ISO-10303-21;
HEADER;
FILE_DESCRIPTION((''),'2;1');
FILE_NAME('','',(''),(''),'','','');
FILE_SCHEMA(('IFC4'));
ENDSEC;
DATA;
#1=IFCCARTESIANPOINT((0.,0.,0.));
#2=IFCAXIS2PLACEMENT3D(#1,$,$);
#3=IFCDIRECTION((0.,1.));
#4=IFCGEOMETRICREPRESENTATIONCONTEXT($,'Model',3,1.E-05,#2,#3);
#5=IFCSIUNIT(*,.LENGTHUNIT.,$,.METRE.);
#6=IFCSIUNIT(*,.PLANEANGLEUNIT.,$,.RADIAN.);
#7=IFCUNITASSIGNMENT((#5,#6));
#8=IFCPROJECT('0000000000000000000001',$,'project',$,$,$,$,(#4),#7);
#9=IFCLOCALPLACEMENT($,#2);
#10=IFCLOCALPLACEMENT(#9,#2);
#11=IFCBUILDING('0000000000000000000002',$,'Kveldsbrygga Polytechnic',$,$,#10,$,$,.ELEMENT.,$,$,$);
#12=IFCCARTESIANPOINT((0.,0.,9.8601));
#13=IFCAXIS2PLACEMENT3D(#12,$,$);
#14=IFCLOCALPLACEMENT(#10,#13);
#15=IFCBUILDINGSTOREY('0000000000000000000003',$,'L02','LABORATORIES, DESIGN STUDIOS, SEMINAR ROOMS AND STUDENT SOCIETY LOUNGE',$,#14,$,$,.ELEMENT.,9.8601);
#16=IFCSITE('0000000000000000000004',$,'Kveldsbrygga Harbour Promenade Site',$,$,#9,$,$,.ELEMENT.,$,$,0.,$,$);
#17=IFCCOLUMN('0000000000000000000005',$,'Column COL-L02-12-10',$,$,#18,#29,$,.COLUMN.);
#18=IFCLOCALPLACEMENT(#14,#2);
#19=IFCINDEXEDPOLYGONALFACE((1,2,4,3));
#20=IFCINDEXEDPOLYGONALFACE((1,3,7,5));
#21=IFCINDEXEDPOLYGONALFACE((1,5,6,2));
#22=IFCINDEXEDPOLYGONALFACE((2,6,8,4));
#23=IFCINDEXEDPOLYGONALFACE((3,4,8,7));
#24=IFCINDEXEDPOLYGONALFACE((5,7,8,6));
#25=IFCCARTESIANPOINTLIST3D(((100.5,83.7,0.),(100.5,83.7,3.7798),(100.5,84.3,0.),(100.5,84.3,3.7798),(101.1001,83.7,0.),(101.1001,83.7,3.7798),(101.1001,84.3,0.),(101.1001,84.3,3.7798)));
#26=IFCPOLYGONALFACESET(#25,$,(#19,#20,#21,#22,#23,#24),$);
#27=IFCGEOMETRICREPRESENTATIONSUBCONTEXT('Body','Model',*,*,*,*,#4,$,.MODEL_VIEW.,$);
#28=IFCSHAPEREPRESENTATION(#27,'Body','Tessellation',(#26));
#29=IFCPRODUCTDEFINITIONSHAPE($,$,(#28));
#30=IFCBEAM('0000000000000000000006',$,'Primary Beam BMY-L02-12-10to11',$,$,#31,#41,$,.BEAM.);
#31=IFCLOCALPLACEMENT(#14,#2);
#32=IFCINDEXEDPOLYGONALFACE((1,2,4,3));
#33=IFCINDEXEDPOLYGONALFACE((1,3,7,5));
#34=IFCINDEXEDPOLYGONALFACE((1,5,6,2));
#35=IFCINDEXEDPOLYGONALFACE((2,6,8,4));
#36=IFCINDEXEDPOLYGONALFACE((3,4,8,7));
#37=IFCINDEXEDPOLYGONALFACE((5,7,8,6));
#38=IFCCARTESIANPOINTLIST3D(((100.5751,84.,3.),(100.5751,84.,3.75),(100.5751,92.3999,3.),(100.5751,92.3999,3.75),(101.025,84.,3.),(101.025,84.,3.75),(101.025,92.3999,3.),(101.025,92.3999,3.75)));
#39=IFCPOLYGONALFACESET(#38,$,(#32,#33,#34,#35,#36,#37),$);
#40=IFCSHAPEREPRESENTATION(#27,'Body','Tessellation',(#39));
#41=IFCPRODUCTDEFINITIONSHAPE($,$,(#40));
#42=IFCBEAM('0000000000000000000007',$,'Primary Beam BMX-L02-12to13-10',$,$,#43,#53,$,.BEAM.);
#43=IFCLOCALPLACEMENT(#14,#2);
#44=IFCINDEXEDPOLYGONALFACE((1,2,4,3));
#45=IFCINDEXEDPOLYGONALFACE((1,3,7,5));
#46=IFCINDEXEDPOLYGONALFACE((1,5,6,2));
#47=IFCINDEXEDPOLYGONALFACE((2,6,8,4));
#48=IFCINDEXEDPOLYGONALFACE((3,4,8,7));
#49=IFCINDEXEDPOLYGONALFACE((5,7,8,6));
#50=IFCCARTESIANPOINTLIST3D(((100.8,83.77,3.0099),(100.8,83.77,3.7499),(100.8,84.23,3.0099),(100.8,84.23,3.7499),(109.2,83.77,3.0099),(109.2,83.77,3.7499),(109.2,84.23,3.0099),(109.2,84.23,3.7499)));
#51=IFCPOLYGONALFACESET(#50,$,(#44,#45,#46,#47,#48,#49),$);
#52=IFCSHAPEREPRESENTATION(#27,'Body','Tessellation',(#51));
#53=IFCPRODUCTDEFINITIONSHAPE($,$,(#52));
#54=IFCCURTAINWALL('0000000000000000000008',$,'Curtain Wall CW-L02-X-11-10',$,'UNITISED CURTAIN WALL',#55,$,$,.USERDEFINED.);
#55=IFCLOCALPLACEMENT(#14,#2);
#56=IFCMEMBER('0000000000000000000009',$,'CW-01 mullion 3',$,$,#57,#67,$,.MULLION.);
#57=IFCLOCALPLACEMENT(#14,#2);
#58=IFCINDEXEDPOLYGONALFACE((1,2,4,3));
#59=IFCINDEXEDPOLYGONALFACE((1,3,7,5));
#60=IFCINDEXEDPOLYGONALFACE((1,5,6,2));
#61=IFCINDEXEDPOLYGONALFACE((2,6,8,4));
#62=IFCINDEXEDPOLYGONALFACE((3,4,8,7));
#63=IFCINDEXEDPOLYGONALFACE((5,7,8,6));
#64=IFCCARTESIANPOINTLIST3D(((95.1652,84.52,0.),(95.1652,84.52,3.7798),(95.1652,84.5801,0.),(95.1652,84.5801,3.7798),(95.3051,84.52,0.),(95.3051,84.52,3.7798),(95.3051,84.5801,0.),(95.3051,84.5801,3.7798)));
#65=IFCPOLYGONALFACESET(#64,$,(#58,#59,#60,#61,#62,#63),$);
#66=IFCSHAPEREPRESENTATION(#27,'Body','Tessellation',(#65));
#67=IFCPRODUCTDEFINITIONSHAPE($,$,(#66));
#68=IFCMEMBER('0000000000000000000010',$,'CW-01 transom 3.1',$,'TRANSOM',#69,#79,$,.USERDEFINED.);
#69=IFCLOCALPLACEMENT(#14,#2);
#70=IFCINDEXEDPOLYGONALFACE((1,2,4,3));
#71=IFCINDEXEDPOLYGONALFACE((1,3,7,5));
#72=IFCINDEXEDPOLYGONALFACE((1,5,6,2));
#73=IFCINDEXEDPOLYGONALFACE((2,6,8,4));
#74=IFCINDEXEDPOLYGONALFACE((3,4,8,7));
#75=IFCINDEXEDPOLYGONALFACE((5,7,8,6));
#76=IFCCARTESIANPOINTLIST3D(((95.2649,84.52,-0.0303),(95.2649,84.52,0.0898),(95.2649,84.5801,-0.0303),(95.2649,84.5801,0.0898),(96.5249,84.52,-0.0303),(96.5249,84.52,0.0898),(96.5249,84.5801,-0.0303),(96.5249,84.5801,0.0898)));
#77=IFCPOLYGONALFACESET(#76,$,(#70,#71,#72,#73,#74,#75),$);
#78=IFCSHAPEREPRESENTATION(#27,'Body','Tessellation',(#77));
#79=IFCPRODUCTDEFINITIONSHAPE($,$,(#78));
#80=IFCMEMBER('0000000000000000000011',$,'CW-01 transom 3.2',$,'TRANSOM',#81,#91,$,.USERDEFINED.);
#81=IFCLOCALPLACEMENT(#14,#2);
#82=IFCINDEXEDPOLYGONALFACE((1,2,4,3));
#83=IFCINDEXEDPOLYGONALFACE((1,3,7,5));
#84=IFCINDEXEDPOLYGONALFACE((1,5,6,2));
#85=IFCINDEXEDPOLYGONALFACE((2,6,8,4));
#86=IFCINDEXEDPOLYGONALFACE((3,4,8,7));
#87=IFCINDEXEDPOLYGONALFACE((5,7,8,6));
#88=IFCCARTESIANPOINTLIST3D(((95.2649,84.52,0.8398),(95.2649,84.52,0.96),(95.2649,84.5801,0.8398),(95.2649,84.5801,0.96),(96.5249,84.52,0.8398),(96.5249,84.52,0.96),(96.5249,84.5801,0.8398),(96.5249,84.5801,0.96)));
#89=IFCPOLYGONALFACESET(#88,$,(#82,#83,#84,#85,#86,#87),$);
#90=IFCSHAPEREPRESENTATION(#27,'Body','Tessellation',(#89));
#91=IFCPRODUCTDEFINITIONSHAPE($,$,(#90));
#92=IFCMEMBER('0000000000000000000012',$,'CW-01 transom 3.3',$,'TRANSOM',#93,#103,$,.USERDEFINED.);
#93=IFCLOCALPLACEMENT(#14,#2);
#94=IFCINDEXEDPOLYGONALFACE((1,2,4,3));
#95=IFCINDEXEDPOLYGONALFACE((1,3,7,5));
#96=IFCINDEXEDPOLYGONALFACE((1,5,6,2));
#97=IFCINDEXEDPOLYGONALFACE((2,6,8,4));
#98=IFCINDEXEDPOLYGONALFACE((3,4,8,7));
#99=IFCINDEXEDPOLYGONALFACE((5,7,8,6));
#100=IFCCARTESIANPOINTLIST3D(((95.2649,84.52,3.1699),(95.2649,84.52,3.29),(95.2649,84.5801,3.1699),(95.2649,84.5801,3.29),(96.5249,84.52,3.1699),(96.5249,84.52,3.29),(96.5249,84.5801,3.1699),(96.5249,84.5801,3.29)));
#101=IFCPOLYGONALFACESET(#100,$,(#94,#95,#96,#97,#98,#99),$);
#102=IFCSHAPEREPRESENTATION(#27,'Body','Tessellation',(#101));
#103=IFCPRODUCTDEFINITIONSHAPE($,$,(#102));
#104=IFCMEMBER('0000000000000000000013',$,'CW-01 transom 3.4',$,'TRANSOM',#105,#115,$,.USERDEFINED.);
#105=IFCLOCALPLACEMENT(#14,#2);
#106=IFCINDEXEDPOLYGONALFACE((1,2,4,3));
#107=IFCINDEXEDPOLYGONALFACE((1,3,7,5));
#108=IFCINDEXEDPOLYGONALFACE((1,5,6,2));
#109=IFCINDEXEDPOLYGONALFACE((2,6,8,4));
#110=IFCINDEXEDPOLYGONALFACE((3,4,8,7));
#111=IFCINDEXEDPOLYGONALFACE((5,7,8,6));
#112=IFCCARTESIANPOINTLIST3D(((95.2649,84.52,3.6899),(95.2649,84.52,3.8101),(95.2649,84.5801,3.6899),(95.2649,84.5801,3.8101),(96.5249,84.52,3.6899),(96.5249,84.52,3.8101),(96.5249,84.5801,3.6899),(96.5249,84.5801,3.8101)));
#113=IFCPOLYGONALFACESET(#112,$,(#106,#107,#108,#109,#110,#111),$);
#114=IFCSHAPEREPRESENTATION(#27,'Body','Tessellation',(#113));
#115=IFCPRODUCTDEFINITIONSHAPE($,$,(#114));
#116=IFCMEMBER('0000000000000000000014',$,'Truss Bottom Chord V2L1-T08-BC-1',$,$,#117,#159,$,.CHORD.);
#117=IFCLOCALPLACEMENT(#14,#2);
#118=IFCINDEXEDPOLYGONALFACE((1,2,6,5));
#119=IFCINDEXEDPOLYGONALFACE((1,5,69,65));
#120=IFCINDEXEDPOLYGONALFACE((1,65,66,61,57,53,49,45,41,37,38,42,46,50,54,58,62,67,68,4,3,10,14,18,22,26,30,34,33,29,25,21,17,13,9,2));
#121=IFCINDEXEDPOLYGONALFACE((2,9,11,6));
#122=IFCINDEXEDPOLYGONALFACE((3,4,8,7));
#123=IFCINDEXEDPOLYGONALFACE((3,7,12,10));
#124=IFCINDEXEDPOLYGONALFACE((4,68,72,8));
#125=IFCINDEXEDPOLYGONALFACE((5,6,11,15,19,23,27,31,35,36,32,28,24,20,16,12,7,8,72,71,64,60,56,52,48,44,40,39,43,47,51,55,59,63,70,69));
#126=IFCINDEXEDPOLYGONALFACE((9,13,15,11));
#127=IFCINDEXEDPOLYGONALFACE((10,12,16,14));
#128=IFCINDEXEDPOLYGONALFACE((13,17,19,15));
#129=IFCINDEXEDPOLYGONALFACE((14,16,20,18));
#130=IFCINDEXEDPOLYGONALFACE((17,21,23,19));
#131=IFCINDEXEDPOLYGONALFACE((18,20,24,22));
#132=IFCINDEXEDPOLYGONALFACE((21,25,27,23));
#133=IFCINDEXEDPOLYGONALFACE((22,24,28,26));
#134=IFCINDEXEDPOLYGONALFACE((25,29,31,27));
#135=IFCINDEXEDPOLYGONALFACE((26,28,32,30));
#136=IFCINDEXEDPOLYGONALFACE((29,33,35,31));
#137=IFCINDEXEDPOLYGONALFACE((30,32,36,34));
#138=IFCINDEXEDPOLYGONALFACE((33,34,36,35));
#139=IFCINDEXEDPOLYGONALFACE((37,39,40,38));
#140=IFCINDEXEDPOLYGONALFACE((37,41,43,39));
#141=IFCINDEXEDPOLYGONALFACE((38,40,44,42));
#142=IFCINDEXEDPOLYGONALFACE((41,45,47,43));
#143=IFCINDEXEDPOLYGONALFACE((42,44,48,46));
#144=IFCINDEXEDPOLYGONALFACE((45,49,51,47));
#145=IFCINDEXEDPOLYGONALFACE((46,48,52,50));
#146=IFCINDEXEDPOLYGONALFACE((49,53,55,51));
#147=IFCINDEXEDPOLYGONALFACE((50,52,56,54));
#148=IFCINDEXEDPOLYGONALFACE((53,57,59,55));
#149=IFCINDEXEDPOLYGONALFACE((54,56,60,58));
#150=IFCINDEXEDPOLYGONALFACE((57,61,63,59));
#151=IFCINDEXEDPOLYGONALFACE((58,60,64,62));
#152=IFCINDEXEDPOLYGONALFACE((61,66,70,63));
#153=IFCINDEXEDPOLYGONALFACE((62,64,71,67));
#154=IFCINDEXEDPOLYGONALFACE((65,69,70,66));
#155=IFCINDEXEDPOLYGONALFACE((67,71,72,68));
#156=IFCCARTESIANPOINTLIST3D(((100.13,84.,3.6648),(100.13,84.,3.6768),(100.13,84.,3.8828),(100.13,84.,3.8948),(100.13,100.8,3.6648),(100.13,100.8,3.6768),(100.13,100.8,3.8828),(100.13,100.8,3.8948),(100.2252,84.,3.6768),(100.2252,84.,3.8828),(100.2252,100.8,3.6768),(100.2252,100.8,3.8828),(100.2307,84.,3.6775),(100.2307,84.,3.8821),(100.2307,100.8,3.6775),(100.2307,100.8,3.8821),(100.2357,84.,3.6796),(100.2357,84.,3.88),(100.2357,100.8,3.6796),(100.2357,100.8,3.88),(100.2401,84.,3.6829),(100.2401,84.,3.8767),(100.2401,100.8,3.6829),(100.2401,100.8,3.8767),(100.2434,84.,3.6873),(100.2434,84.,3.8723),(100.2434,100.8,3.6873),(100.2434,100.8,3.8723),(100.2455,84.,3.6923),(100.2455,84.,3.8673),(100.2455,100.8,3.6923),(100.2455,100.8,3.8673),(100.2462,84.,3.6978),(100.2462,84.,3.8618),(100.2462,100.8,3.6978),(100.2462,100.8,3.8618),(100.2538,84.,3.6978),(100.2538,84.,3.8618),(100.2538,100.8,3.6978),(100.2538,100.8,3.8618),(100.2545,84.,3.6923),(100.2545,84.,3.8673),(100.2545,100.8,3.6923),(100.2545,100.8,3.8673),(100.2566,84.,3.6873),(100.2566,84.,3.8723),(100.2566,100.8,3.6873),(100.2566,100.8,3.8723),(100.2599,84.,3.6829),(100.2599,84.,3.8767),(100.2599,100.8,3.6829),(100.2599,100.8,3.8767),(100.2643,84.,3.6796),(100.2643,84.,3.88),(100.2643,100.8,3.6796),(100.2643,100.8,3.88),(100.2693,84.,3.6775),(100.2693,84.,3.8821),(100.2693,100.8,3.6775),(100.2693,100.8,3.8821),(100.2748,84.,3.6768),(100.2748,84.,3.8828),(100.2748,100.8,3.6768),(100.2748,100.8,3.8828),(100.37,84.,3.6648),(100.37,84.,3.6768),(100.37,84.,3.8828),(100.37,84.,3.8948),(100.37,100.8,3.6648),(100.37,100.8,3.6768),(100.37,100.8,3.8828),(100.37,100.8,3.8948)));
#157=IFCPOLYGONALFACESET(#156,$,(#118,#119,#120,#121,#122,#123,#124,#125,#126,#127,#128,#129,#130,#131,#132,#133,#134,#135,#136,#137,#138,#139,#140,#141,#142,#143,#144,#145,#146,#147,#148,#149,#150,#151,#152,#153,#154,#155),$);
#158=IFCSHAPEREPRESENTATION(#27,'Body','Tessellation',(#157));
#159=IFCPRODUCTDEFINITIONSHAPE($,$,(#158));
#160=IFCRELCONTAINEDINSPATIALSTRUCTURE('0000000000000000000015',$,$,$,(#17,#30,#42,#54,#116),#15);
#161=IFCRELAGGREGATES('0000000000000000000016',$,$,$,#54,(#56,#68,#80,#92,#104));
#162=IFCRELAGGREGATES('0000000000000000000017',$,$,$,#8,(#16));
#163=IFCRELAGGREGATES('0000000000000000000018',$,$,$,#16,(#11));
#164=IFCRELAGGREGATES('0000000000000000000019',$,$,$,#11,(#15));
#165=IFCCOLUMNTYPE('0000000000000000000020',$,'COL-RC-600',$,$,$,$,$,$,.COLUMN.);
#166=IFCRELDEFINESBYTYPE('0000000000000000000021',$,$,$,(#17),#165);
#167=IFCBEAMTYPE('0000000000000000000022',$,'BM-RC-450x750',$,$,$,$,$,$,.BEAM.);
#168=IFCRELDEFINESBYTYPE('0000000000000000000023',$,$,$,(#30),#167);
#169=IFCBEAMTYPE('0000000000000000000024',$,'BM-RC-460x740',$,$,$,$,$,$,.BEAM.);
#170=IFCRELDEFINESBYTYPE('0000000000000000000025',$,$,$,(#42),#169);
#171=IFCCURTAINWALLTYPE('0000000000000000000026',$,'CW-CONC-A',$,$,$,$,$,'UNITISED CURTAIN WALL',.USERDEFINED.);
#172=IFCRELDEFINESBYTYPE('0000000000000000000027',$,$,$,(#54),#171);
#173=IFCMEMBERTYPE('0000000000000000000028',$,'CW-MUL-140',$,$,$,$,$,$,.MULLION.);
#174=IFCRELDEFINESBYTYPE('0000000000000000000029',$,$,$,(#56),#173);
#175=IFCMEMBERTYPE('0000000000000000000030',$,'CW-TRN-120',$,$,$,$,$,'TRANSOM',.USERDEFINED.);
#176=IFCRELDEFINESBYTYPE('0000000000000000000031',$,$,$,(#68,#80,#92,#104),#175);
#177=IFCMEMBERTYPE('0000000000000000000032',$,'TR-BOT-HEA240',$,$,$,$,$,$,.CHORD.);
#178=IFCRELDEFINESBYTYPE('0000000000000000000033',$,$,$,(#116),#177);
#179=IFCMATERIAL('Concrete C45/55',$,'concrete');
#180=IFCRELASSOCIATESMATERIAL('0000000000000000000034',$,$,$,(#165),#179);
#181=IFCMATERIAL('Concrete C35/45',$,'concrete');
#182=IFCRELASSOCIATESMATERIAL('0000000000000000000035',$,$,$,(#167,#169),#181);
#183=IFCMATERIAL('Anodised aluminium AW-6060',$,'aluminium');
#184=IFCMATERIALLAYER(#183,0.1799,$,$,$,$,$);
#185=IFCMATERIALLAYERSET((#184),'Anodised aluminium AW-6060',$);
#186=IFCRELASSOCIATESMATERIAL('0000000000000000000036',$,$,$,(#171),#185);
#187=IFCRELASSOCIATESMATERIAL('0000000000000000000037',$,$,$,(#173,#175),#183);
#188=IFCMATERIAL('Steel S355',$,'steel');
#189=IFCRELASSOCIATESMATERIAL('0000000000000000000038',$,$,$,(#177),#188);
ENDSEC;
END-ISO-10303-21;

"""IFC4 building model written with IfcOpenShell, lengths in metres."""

from ifc_helpers import new_model, si_unit, direction, frame, origin, origin_2d, place, context, subcontext, project, spatial, rectangle, i_section, extrude, material, layer, layer_set, material_profile, profile_set, type_object, element, aggregate, save


model = new_model("IFC4")

# Units and contexts
model_context = context("Model", 3, precision=1e-05, world=origin(), true_north=direction((0.0, 1.0)))
body_context = subcontext(model_context, "Body", "Model", "MODEL_VIEW")
ifc_project = project(units=[si_unit("LENGTHUNIT", "METRE"), si_unit("PLANEANGLEUNIT", "RADIAN")], contexts=[model_context])

# Site, building, storey
site_placement = place(None, origin())
site = spatial("IfcSite", under=ifc_project, at=site_placement, Name="Kveldsbrygga Harbour Promenade Site", CompositionType="ELEMENT", RefElevation=0.0)
building_placement = place(site_placement, origin())
building = spatial("IfcBuilding", under=site, at=building_placement, Name="Kveldsbrygga Polytechnic", CompositionType="ELEMENT")
storey_placement = place(building_placement, frame((0.0, 0.0, 9.8601)))
storey = spatial("IfcBuildingStorey", under=building, at=storey_placement, Name="L02", Description="LABORATORIES, DESIGN STUDIOS, SEMINAR ROOMS AND STUDENT SOCIETY LOUNGE", CompositionType="ELEMENT", Elevation=9.8601)

# Column
ifc_material_1 = material(Name="Concrete C45/55", Category="concrete")
ifc_material_profile_1 = material_profile(ifc_material_1, rectangle(XDim=0.6001, YDim=0.6001, at=origin_2d()), Name="RC 600x600")
ifc_profile_set_1 = profile_set([ifc_material_profile_1], Name="Concrete C45/55")
column_type = type_object("IfcColumnType", Name="COL-RC-600", PredefinedType="COLUMN", material=ifc_profile_set_1)
column_placement = place(storey_placement, frame((100.8, 84.0, 0.0), z_axis=(0.0, 0.0, 1.0), x_axis=(1.0, 0.0, 0.0)))
element("IfcColumn", 1, at=column_placement, inside=storey, type_object=column_type, Name="Column COL-L02-12-10", PredefinedType="COLUMN", context=body_context, shape_type="SweptSolid", body=[
    extrude(rectangle(XDim=0.6001, YDim=0.6001, at=origin_2d()), origin(), (0.0, 0.0, 1.0), 3.7798),
])

# Beams
ifc_material_2 = material(Name="Concrete C35/45", Category="concrete")
ifc_material_profile_2 = material_profile(ifc_material_2, rectangle(XDim=0.45, YDim=0.75, at=origin_2d()), Name="RC 450x750")
ifc_profile_set_2 = profile_set([ifc_material_profile_2], Name="Concrete C35/45")
beam_type_1 = type_object("IfcBeamType", Name="BM-RC-450x750", PredefinedType="BEAM", material=ifc_profile_set_2)
beam_1_placement = place(storey_placement, frame((100.8, 84.0, 3.375), z_axis=(0.0, 1.0, 0.0), x_axis=(-1.0, 0.0, 0.0)))
element("IfcBeam", 2, at=beam_1_placement, inside=storey, type_object=beam_type_1, Name="Primary Beam BMY-L02-12-10to11", PredefinedType="BEAM", context=body_context, shape_type="SweptSolid", body=[
    extrude(rectangle(XDim=0.45, YDim=0.75, at=origin_2d()), origin(), (0.0, 0.0, 1.0), 8.3999),
])
ifc_material_profile_3 = material_profile(ifc_material_2, rectangle(XDim=0.46, YDim=0.74, at=origin_2d()), Name="RC 460x740")
ifc_profile_set_3 = profile_set([ifc_material_profile_3], Name="Concrete C35/45")
beam_type_2 = type_object("IfcBeamType", Name="BM-RC-460x740", PredefinedType="BEAM", material=ifc_profile_set_3)
beam_2_placement = place(storey_placement, frame((100.8, 84.0, 3.3799), z_axis=(1.0, 0.0, 0.0), x_axis=(0.0, 1.0, 0.0)))
element("IfcBeam", 3, at=beam_2_placement, inside=storey, type_object=beam_type_2, Name="Primary Beam BMX-L02-12to13-10", PredefinedType="BEAM", context=body_context, shape_type="SweptSolid", body=[
    extrude(rectangle(XDim=0.46, YDim=0.74, at=origin_2d()), origin(), (0.0, 0.0, 1.0), 8.3999),
])

# Curtain wall, members
ifc_material_3 = material(Name="Anodised aluminium AW-6060", Category="aluminium")
ifc_layer_1 = layer(ifc_material_3, 0.1799)
ifc_layer_set_1 = layer_set([ifc_layer_1], Name="Anodised aluminium AW-6060")
curtain_wall_type = type_object("IfcCurtainWallType", Name="CW-CONC-A", ElementType="UNITISED CURTAIN WALL", PredefinedType="USERDEFINED", material=ifc_layer_set_1)
curtain_wall_placement = place(storey_placement, origin())
curtain_wall = element("IfcCurtainWall", 4, at=curtain_wall_placement, inside=storey, type_object=curtain_wall_type, Name="Curtain Wall CW-L02-X-11-10", ObjectType="UNITISED CURTAIN WALL", PredefinedType="USERDEFINED")
ifc_material_profile_4 = material_profile(ifc_material_3, rectangle(XDim=0.0601, YDim=0.1399, at=origin_2d()), Name="ALU 60x140")
ifc_profile_set_4 = profile_set([ifc_material_profile_4], Name="Anodised aluminium AW-6060")
member_type_1 = type_object("IfcMemberType", Name="CW-MUL-140", PredefinedType="MULLION", material=ifc_profile_set_4)
member_1_placement = place(storey_placement, frame((95.2351, 84.55, 0.0), z_axis=(0.0, 0.0, 1.0), x_axis=(0.0, 1.0, 0.0)))
member_1 = element("IfcMember", 5, at=member_1_placement, type_object=member_type_1, Name="CW-01 mullion 3", PredefinedType="MULLION", context=body_context, shape_type="SweptSolid", body=[
    extrude(rectangle(XDim=0.0601, YDim=0.1399, at=origin_2d()), origin(), (0.0, 0.0, 1.0), 3.7798),
])
ifc_material_profile_5 = material_profile(ifc_material_3, rectangle(XDim=0.0601, YDim=0.1201, at=origin_2d()), Name="ALU 60x120")
ifc_profile_set_5 = profile_set([ifc_material_profile_5], Name="Anodised aluminium AW-6060")
member_type_2 = type_object("IfcMemberType", Name="CW-TRN-120", ElementType="TRANSOM", PredefinedType="USERDEFINED", material=ifc_profile_set_5)
member_2_placement = place(storey_placement, frame((95.2649, 84.55, 0.0298), z_axis=(1.0, 0.0, 0.0), x_axis=(0.0, 1.0, 0.0)))
member_2 = element("IfcMember", 6, at=member_2_placement, type_object=member_type_2, Name="CW-01 transom 3.1", ObjectType="TRANSOM", PredefinedType="USERDEFINED", context=body_context, shape_type="SweptSolid", body=[
    extrude(rectangle(XDim=0.0601, YDim=0.1201, at=origin_2d()), origin(), (0.0, 0.0, 1.0), 1.26),
])
member_3_placement = place(storey_placement, frame((95.2649, 84.55, 0.8999), z_axis=(1.0, 0.0, 0.0), x_axis=(0.0, 1.0, 0.0)))
member_3 = element("IfcMember", 7, at=member_3_placement, type_object=member_type_2, Name="CW-01 transom 3.2", ObjectType="TRANSOM", PredefinedType="USERDEFINED", context=body_context, shape_type="SweptSolid", body=[
    extrude(rectangle(XDim=0.0601, YDim=0.1201, at=origin_2d()), origin(), (0.0, 0.0, 1.0), 1.26),
])
member_4_placement = place(storey_placement, frame((95.2649, 84.55, 3.23), z_axis=(1.0, 0.0, 0.0), x_axis=(0.0, 1.0, 0.0)))
member_4 = element("IfcMember", 8, at=member_4_placement, type_object=member_type_2, Name="CW-01 transom 3.3", ObjectType="TRANSOM", PredefinedType="USERDEFINED", context=body_context, shape_type="SweptSolid", body=[
    extrude(rectangle(XDim=0.0601, YDim=0.1201, at=origin_2d()), origin(), (0.0, 0.0, 1.0), 1.26),
])
member_5_placement = place(storey_placement, frame((95.2649, 84.55, 3.75), z_axis=(1.0, 0.0, 0.0), x_axis=(0.0, 1.0, 0.0)))
member_5 = element("IfcMember", 9, at=member_5_placement, type_object=member_type_2, Name="CW-01 transom 3.4", ObjectType="TRANSOM", PredefinedType="USERDEFINED", context=body_context, shape_type="SweptSolid", body=[
    extrude(rectangle(XDim=0.0601, YDim=0.1201, at=origin_2d()), origin(), (0.0, 0.0, 1.0), 1.26),
])

# Member
ifc_material_4 = material(Name="Steel S355", Category="steel")
ifc_material_profile_6 = material_profile(ifc_material_4, i_section(OverallWidth=0.24, OverallDepth=0.23, WebThickness=0.0076, FlangeThickness=0.012, FilletRadius=0.021, at=origin_2d()), Name="HEA 240")
ifc_profile_set_6 = profile_set([ifc_material_profile_6], Name="Steel S355")
member_type_3 = type_object("IfcMemberType", Name="TR-BOT-HEA240", PredefinedType="CHORD", material=ifc_profile_set_6)
member_6_placement = place(storey_placement, frame((100.25, 84.0, 3.7798), z_axis=(0.0, 1.0, 0.0), x_axis=(-1.0, 0.0, 0.0)))
element("IfcMember", 10, at=member_6_placement, inside=storey, type_object=member_type_3, Name="Truss Bottom Chord V2L1-T08-BC-1", PredefinedType="CHORD", context=body_context, shape_type="SweptSolid", body=[
    extrude(i_section(OverallWidth=0.24, OverallDepth=0.23, WebThickness=0.0076, FlangeThickness=0.012, FilletRadius=0.021, at=origin_2d()), origin(), (0.0, 0.0, 1.0), 16.8),
])

aggregate(curtain_wall, [member_1, member_2, member_3, member_4, member_5])

save(model, "model.ifc")
